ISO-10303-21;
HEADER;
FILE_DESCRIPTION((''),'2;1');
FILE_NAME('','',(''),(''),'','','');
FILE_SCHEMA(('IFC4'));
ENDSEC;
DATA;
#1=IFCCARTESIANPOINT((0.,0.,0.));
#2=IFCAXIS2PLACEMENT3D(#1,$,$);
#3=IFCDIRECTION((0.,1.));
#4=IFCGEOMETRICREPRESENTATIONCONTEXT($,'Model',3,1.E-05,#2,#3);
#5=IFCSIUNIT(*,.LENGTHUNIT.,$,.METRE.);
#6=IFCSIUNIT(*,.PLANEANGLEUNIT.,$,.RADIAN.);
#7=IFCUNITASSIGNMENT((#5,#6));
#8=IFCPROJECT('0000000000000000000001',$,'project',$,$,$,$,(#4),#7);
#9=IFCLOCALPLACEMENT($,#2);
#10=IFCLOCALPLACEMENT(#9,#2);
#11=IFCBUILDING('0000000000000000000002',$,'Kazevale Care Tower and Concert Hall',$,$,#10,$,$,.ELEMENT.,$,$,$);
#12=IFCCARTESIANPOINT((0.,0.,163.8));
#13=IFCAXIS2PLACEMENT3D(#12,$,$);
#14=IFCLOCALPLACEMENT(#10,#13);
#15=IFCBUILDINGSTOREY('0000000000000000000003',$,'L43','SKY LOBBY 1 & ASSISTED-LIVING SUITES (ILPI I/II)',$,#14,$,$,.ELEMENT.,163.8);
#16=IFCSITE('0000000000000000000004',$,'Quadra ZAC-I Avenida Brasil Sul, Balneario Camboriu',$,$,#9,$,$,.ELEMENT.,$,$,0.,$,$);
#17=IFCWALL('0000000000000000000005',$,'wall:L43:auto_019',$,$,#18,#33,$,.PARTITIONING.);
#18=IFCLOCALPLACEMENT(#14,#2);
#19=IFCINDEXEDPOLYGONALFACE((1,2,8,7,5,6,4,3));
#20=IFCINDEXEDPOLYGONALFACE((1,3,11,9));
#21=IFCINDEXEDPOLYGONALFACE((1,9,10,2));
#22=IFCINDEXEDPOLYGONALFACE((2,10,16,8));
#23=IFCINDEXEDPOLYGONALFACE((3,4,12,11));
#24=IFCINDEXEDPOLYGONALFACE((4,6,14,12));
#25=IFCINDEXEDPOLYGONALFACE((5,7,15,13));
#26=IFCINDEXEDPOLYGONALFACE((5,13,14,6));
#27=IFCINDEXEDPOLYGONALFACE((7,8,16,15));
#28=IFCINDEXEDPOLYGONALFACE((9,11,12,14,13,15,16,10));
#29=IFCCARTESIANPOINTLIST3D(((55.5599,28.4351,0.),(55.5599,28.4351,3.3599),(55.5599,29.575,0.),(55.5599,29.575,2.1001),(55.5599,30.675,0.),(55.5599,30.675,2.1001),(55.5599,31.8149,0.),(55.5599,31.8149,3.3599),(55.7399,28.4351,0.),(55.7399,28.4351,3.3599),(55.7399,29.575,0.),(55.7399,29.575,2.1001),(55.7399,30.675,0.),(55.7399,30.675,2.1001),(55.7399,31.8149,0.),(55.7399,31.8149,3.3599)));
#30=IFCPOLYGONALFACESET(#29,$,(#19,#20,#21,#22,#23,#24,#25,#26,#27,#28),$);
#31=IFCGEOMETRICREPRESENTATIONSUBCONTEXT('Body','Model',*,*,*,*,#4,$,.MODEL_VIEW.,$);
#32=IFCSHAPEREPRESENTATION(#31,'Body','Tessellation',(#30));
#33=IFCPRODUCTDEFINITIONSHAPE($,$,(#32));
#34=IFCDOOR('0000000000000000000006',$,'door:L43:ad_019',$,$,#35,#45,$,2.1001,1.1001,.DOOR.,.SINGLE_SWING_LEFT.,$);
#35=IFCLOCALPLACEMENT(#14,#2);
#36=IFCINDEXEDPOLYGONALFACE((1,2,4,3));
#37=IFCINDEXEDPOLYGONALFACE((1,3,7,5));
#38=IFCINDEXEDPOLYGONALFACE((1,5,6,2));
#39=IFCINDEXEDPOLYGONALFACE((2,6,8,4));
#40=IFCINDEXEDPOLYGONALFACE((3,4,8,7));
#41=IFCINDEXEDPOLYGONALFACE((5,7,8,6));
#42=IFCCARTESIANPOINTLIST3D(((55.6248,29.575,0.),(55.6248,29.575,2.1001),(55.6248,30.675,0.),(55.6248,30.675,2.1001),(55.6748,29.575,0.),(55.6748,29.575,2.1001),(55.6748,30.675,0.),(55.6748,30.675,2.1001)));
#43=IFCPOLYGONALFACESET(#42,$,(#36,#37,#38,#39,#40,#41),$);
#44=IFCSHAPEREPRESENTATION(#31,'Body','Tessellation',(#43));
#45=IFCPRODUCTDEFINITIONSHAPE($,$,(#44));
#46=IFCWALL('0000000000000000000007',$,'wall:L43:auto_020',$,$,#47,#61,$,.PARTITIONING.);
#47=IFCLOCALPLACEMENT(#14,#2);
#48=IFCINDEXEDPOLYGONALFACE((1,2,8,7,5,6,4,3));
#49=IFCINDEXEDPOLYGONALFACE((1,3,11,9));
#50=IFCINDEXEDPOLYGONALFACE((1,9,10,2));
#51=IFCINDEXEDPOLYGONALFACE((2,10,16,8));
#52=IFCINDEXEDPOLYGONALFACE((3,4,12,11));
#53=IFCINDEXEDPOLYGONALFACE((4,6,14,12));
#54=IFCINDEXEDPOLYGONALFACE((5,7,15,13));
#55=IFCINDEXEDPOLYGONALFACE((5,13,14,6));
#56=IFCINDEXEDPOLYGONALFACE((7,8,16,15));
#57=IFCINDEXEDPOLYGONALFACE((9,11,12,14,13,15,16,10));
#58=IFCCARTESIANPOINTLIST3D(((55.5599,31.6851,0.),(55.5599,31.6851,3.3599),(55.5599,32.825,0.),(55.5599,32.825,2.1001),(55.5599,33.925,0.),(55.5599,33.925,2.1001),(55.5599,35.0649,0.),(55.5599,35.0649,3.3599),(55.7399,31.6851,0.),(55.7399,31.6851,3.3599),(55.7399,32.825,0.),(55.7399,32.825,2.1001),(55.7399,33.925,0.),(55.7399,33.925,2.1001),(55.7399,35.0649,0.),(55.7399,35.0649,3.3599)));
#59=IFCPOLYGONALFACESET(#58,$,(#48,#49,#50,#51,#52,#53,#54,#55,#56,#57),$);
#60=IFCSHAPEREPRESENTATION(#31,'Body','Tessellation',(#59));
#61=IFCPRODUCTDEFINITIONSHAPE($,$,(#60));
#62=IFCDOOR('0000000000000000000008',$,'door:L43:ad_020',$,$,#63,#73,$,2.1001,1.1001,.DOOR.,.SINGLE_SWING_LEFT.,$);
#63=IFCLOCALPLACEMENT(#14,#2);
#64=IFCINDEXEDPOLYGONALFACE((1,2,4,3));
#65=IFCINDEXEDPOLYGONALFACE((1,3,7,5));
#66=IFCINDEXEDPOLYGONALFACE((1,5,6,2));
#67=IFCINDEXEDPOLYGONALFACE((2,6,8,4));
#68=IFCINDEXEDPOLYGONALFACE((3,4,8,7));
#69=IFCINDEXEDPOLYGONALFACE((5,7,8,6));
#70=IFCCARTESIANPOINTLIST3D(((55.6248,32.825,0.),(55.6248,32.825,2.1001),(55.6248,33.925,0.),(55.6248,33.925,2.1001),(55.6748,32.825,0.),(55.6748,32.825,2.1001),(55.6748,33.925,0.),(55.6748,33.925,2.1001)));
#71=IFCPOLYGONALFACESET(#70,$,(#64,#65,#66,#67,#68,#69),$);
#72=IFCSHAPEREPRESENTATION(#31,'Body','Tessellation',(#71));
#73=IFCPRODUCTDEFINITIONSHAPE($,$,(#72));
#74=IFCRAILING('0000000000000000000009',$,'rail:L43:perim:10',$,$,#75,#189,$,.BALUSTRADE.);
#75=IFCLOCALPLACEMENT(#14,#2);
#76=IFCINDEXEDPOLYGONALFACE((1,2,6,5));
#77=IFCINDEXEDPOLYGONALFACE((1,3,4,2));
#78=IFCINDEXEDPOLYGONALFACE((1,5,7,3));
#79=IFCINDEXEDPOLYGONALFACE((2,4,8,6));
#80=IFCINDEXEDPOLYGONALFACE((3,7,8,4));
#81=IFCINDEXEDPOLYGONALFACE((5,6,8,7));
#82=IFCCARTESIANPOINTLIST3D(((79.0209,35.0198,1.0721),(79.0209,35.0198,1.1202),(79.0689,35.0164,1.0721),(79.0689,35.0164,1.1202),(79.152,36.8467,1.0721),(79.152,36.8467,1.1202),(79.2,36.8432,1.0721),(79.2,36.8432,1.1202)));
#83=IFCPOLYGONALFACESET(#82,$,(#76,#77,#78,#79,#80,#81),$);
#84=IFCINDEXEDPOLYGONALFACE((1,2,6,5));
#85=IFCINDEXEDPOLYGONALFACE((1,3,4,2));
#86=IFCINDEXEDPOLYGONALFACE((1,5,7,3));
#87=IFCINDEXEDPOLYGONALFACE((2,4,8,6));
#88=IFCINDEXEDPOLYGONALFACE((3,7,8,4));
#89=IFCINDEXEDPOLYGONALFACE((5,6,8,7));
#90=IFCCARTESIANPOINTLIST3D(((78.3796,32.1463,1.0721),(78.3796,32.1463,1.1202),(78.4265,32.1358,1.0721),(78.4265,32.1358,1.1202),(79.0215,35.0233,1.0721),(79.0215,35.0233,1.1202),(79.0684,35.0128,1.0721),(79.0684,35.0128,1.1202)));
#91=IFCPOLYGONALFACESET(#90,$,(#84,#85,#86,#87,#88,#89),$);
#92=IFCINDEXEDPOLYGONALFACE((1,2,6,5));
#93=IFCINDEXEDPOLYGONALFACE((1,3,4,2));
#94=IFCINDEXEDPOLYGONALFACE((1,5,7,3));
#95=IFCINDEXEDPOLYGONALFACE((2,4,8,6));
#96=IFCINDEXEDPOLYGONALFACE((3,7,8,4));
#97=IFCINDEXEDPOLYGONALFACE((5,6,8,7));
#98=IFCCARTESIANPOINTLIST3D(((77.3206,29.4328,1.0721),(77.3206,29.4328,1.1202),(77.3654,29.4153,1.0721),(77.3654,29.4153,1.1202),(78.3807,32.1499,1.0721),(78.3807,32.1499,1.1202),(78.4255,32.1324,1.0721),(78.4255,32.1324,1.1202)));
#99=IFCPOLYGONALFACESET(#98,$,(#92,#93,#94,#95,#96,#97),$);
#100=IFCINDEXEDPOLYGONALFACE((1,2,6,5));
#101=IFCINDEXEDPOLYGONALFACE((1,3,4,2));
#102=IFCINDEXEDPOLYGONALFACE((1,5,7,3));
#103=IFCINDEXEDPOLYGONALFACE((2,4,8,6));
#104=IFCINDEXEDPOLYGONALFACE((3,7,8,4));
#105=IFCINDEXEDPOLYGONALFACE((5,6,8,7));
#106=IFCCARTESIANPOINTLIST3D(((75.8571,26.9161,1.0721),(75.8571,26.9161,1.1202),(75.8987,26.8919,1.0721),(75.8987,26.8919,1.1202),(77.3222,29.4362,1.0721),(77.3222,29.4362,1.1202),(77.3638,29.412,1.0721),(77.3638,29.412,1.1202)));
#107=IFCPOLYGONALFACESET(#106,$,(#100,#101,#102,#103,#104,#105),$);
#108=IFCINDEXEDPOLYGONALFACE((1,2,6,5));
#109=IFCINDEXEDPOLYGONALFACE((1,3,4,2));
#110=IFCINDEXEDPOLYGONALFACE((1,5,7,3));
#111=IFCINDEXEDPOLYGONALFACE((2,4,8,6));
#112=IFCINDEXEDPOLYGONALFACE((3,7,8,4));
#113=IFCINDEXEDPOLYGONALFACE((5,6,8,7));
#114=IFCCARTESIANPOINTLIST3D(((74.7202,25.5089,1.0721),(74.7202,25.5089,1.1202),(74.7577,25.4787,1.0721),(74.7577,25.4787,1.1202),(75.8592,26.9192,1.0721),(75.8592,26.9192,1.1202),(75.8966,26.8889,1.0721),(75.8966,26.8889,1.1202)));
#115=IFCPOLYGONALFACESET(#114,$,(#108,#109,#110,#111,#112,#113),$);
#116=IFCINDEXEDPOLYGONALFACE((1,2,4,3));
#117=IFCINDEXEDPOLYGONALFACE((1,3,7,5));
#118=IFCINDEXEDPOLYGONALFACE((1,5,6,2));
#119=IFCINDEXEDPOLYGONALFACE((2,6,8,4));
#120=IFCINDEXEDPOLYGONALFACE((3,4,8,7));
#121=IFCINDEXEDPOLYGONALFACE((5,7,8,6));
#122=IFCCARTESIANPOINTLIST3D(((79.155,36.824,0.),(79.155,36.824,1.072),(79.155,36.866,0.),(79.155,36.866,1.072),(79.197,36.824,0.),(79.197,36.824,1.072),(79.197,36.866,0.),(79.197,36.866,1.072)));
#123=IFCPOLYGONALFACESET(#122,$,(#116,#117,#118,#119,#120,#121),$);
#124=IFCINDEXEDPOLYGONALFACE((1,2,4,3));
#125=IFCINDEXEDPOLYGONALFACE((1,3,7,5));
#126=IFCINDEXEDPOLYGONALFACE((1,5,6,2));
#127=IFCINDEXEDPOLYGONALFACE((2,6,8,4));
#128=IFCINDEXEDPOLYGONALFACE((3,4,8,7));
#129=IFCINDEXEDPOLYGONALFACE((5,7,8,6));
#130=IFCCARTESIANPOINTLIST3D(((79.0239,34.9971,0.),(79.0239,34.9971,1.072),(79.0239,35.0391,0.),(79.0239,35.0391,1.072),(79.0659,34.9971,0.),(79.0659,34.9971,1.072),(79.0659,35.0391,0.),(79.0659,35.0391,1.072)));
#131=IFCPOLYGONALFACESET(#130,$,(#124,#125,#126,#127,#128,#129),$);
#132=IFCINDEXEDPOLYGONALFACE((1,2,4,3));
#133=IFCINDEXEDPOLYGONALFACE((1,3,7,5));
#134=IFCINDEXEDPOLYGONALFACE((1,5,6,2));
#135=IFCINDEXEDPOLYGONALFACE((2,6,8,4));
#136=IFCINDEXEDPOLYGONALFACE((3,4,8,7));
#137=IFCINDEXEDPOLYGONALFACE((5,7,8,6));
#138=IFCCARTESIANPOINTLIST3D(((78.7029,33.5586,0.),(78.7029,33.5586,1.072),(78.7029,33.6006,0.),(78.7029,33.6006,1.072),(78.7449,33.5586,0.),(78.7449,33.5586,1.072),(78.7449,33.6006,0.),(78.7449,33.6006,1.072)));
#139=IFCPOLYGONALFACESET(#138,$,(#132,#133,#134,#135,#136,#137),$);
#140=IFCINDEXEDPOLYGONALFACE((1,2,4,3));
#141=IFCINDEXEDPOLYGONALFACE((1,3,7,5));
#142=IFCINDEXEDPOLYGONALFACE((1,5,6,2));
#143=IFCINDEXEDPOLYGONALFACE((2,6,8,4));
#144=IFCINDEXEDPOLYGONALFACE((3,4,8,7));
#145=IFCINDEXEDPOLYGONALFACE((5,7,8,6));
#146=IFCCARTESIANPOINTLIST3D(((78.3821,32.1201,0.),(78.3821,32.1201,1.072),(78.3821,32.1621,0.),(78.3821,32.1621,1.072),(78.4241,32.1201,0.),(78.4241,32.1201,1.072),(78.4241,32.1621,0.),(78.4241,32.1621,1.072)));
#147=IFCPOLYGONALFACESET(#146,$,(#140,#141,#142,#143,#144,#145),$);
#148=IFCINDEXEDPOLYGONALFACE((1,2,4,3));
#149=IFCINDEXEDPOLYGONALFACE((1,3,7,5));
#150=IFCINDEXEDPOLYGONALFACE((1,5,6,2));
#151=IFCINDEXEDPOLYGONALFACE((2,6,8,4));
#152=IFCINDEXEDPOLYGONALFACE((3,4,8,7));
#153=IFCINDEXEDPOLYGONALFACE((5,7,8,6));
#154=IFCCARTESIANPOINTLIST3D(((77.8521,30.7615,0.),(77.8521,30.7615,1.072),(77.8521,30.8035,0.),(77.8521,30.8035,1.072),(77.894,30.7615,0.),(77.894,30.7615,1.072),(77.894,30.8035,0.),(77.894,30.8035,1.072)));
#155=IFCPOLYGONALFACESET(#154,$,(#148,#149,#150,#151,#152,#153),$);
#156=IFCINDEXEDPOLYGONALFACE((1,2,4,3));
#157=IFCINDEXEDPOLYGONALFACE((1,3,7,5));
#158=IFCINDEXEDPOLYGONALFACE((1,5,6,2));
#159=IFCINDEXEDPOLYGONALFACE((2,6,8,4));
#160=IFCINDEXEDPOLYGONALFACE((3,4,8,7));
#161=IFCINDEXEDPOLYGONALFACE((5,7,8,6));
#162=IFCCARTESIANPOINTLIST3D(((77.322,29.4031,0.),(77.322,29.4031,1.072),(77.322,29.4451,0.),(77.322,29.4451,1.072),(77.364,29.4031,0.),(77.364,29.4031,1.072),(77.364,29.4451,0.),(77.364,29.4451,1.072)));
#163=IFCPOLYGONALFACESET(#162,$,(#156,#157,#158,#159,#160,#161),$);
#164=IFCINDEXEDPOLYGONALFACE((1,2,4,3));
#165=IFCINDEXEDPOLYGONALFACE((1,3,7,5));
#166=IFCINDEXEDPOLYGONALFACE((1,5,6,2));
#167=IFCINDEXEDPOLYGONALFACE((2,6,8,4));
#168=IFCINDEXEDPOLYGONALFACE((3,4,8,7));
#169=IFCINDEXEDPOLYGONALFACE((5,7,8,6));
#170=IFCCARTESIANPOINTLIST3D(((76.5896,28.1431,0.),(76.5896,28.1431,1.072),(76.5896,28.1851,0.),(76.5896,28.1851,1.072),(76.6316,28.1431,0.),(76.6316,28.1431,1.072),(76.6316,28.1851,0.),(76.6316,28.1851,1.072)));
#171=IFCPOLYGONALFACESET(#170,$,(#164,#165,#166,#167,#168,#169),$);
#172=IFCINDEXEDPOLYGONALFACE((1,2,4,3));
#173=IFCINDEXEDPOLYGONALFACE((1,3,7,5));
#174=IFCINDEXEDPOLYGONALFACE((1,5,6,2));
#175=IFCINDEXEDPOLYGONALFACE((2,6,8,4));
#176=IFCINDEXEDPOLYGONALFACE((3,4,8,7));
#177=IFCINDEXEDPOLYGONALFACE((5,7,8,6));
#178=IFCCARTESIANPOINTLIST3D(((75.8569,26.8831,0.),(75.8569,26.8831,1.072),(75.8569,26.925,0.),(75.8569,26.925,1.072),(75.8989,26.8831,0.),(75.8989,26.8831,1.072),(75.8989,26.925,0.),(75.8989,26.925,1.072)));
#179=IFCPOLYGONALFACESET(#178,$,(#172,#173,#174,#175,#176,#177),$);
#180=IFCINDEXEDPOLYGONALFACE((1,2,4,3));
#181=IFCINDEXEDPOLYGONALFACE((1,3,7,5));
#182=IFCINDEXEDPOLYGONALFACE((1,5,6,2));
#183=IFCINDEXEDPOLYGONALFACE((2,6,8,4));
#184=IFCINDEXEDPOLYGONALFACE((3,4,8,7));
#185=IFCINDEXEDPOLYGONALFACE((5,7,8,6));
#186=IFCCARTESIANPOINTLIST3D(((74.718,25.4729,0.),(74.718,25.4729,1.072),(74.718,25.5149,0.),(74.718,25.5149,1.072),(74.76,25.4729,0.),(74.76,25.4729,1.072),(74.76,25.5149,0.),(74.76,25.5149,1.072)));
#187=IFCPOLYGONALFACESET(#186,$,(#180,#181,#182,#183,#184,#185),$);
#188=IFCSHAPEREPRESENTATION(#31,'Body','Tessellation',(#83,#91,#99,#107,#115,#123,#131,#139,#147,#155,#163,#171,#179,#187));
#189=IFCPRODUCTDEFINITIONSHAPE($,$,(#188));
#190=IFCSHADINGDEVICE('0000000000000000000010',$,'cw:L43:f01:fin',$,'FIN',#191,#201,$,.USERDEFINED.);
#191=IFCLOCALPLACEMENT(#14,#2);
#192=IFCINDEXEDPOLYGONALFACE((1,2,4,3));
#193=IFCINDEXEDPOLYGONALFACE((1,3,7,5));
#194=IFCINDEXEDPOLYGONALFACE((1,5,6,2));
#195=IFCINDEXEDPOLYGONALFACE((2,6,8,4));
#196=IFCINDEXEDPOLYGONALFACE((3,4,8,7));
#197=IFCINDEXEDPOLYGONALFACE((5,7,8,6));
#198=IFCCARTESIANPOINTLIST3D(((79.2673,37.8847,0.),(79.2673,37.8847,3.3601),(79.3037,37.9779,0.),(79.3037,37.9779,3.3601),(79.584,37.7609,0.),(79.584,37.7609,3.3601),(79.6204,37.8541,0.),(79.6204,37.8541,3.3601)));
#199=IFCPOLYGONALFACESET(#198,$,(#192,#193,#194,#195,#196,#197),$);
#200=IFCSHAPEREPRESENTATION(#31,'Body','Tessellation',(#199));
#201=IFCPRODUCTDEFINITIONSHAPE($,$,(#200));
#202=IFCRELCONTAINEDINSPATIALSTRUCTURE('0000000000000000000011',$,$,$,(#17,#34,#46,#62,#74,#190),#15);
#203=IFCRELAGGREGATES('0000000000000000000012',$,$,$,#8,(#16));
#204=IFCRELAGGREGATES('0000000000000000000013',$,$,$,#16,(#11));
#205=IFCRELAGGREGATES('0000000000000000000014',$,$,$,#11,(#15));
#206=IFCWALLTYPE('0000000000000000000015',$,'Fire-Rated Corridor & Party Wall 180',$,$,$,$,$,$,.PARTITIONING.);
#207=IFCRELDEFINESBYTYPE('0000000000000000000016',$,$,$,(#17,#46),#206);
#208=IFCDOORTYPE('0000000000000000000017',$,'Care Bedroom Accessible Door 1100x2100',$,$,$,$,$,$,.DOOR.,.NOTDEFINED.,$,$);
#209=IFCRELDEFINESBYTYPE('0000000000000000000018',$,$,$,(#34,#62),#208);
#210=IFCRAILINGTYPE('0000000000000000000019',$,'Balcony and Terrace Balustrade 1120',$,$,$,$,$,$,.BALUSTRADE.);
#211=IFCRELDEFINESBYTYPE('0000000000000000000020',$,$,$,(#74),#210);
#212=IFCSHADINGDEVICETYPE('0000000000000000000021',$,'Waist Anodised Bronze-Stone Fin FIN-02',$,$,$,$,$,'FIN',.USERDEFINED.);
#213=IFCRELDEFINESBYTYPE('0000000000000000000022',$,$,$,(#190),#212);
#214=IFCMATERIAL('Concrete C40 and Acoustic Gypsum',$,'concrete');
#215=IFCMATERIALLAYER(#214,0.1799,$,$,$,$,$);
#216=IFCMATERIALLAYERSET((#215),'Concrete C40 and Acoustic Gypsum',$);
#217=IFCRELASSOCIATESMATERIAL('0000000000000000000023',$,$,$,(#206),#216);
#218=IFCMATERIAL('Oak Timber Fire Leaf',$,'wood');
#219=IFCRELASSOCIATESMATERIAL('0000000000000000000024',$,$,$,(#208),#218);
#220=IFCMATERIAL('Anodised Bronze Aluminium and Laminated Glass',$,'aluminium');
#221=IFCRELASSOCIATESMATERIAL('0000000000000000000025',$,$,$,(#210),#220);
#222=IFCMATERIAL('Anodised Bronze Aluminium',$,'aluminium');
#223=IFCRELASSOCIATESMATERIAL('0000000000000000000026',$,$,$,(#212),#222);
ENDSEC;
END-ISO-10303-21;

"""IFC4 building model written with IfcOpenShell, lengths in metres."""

from ifc_helpers import new_model, si_unit, direction, frame, frame_2d, origin, origin_2d, place, context, subcontext, project, spatial, rectangle, extrude, material, layer, layer_set, type_object, element, fill, save


model = new_model("IFC4")

# Units and contexts
model_context = context("Model", 3, precision=1e-05, world=origin(), true_north=direction((0.0, 1.0)))
body_context = subcontext(model_context, "Body", "Model", "MODEL_VIEW")
ifc_project = project(units=[si_unit("LENGTHUNIT", "METRE"), si_unit("PLANEANGLEUNIT", "RADIAN")], contexts=[model_context])

# Site, building, storey
site_placement = place(None, origin())
site = spatial("IfcSite", under=ifc_project, at=site_placement, Name="Quadra ZAC-I Avenida Brasil Sul, Balneario Camboriu", CompositionType="ELEMENT", RefElevation=0.0)
building_placement = place(site_placement, origin())
building = spatial("IfcBuilding", under=site, at=building_placement, Name="Kazevale Care Tower and Concert Hall", CompositionType="ELEMENT")
storey_placement = place(building_placement, frame((0.0, 0.0, 163.8)))
storey = spatial("IfcBuildingStorey", under=building, at=storey_placement, Name="L43", Description="SKY LOBBY 1 & ASSISTED-LIVING SUITES (ILPI I/II)", CompositionType="ELEMENT", Elevation=163.8)

# Walls, openings, doors
ifc_material_1 = material(Name="Concrete C40 and Acoustic Gypsum", Category="concrete")
ifc_layer_1 = layer(ifc_material_1, 0.1799)
ifc_layer_set_1 = layer_set([ifc_layer_1], Name="Concrete C40 and Acoustic Gypsum")
wall_type = type_object("IfcWallType", Name="Fire-Rated Corridor & Party Wall 180", PredefinedType="PARTITIONING", material=ifc_layer_set_1)
ifc_material_2 = material(Name="Oak Timber Fire Leaf", Category="wood")
door_type = type_object("IfcDoorType", Name="Care Bedroom Accessible Door 1100x2100", OperationType="NOTDEFINED", PredefinedType="DOOR", material=ifc_material_2)
wall_1_placement = place(storey_placement, frame((55.6499, 31.8149, 0.0), z_axis=(0.0, 0.0, 1.0), x_axis=(0.0, -1.0, 0.0)))
wall_1 = element("IfcWall", 1, at=wall_1_placement, inside=storey, type_object=wall_type, Name="wall:L43:auto_019", PredefinedType="PARTITIONING", context=body_context, shape_type="SweptSolid", body=[
    extrude(rectangle(XDim=3.3799, YDim=0.1799, at=frame_2d((1.6899, 0.0))), origin(), (0.0, 0.0, 1.0), 3.3599),
])
opening_1_placement = place(wall_1_placement, frame((1.1399, 0.0, 0.0)))
opening_1 = element("IfcOpeningElement", 2, at=opening_1_placement, cuts=wall_1, PredefinedType="OPENING", context=body_context, shape_type="SweptSolid", body=[
    extrude(rectangle(XDim=1.1001, YDim=2.1001, at=frame_2d((0.55, 1.05))), frame((0.0, 0.0999, 0.0), z_axis=(0.0, -1.0, 0.0), x_axis=(1.0, 0.0, 0.0)), (0.0, 0.0, 1.0), 0.2),
])
door_1_placement = place(opening_1_placement, origin())
door_1 = element("IfcDoor", 3, at=door_1_placement, inside=storey, type_object=door_type, Name="door:L43:ad_019", OperationType="SINGLE_SWING_LEFT", OverallHeight=2.1001, OverallWidth=1.1001, PredefinedType="DOOR", context=body_context, shape_type="SweptSolid", body=[
    extrude(rectangle(XDim=1.1001, YDim=2.1001, at=frame_2d((0.55, 1.05))), frame((0.0, 0.0249, 0.0), z_axis=(0.0, -1.0, 0.0), x_axis=(1.0, 0.0, 0.0)), (0.0, 0.0, 1.0), 0.05),
])
fill(opening_1, door_1)
wall_2_placement = place(storey_placement, frame((55.6499, 35.0649, 0.0), z_axis=(0.0, 0.0, 1.0), x_axis=(0.0, -1.0, 0.0)))
wall_2 = element("IfcWall", 4, at=wall_2_placement, inside=storey, type_object=wall_type, Name="wall:L43:auto_020", PredefinedType="PARTITIONING", context=body_context, shape_type="SweptSolid", body=[
    extrude(rectangle(XDim=3.3799, YDim=0.1799, at=frame_2d((1.6899, 0.0))), origin(), (0.0, 0.0, 1.0), 3.3599),
])
opening_2_placement = place(wall_2_placement, frame((1.1399, 0.0, 0.0)))
opening_2 = element("IfcOpeningElement", 5, at=opening_2_placement, cuts=wall_2, PredefinedType="OPENING", context=body_context, shape_type="SweptSolid", body=[
    extrude(rectangle(XDim=1.1001, YDim=2.1001, at=frame_2d((0.55, 1.05))), frame((0.0, 0.0999, 0.0), z_axis=(0.0, -1.0, 0.0), x_axis=(1.0, 0.0, 0.0)), (0.0, 0.0, 1.0), 0.2),
])
door_2_placement = place(opening_2_placement, origin())
door_2 = element("IfcDoor", 6, at=door_2_placement, inside=storey, type_object=door_type, Name="door:L43:ad_020", OperationType="SINGLE_SWING_LEFT", OverallHeight=2.1001, OverallWidth=1.1001, PredefinedType="DOOR", context=body_context, shape_type="SweptSolid", body=[
    extrude(rectangle(XDim=1.1001, YDim=2.1001, at=frame_2d((0.55, 1.05))), frame((0.0, 0.0249, 0.0), z_axis=(0.0, -1.0, 0.0), x_axis=(1.0, 0.0, 0.0)), (0.0, 0.0, 1.0), 0.05),
])
fill(opening_2, door_2)

# Railing
ifc_material_3 = material(Name="Anodised Bronze Aluminium and Laminated Glass", Category="aluminium")
railing_type = type_object("IfcRailingType", Name="Balcony and Terrace Balustrade 1120", PredefinedType="BALUSTRADE", material=ifc_material_3)
railing_placement = place(storey_placement, frame((79.176, 36.845, 0.0)))
element("IfcRailing", 7, at=railing_placement, inside=storey, type_object=railing_type, Name="rail:L43:perim:10", PredefinedType="BALUSTRADE", context=body_context, shape_type="SweptSolid", body=[
    extrude(rectangle(XDim=0.0481, YDim=0.0481, at=origin_2d()), frame((0.0, 0.0, 1.0962), z_axis=(-0.071579, -0.997435, 0.0), x_axis=(0.997435, -0.071579, 0.0)), (0.0, 0.0, 1.0), 1.8315),
    extrude(rectangle(XDim=0.0481, YDim=0.0481, at=origin_2d()), frame((-0.1311, -1.8269, 1.0962), z_axis=(-0.217746, -0.976005, 0.0), x_axis=(0.976005, -0.217746, 0.0)), (0.0, 0.0, 1.0), 2.9478),
    extrude(rectangle(XDim=0.0481, YDim=0.0481, at=origin_2d()), frame((-0.7729, -4.7039, 1.0962), z_axis=(-0.363468, -0.931607, 0.0), x_axis=(0.931607, -0.363468, 0.0)), (0.0, 0.0, 1.0), 2.9165),
    extrude(rectangle(XDim=0.0481, YDim=0.0481, at=origin_2d()), frame((-1.833, -7.4209, 1.0962), z_axis=(-0.50261, -0.864513, 0.0), x_axis=(0.864513, -0.50261, 0.0)), (0.0, 0.0, 1.0), 2.915),
    extrude(rectangle(XDim=0.0481, YDim=0.0481, at=origin_2d()), frame((-3.2981, -9.9409, 1.0962), z_axis=(-0.628318, -0.777956, 0.0), x_axis=(0.777956, -0.628318, 0.0)), (0.0, 0.0, 1.0), 1.8127),
    extrude(rectangle(XDim=0.042, YDim=0.042, at=origin_2d()), origin(), (0.0, 0.0, 1.0), 1.072),
    extrude(rectangle(XDim=0.042, YDim=0.042, at=origin_2d()), frame((-0.1311, -1.8269, 0.0)), (0.0, 0.0, 1.0), 1.072),
    extrude(rectangle(XDim=0.042, YDim=0.042, at=origin_2d()), frame((-0.4521, -3.2654, 0.0)), (0.0, 0.0, 1.0), 1.072),
    extrude(rectangle(XDim=0.042, YDim=0.042, at=origin_2d()), frame((-0.7729, -4.7039, 0.0)), (0.0, 0.0, 1.0), 1.072),
    extrude(rectangle(XDim=0.042, YDim=0.042, at=origin_2d()), frame((-1.303, -6.0625, 0.0)), (0.0, 0.0, 1.0), 1.072),
    extrude(rectangle(XDim=0.042, YDim=0.042, at=origin_2d()), frame((-1.833, -7.4209, 0.0)), (0.0, 0.0, 1.0), 1.072),
    extrude(rectangle(XDim=0.042, YDim=0.042, at=origin_2d()), frame((-2.5654, -8.6809, 0.0)), (0.0, 0.0, 1.0), 1.072),
    extrude(rectangle(XDim=0.042, YDim=0.042, at=origin_2d()), frame((-3.2981, -9.9409, 0.0)), (0.0, 0.0, 1.0), 1.072),
    extrude(rectangle(XDim=0.042, YDim=0.042, at=origin_2d()), frame((-4.437, -11.3511, 0.0)), (0.0, 0.0, 1.0), 1.072),
])

# Shading device
ifc_material_4 = material(Name="Anodised Bronze Aluminium", Category="aluminium")
shading_device_type = type_object("IfcShadingDeviceType", Name="Waist Anodised Bronze-Stone Fin FIN-02", ElementType="FIN", PredefinedType="USERDEFINED", material=ifc_material_4)
shading_device_placement = place(storey_placement, frame((79.4438, 37.8694, 0.0), z_axis=(0.0, 0.0, 1.0), x_axis=(0.931374, -0.364064, 0.0)))
element("IfcShadingDevice", 8, at=shading_device_placement, inside=storey, type_object=shading_device_type, Name="cw:L43:f01:fin", ObjectType="FIN", PredefinedType="USERDEFINED", context=body_context, shape_type="SweptSolid", body=[
    extrude(rectangle(XDim=0.3401, YDim=0.1001, at=origin_2d()), origin(), (0.0, 0.0, 1.0), 3.3601),
])

save(model, "model.ifc")
